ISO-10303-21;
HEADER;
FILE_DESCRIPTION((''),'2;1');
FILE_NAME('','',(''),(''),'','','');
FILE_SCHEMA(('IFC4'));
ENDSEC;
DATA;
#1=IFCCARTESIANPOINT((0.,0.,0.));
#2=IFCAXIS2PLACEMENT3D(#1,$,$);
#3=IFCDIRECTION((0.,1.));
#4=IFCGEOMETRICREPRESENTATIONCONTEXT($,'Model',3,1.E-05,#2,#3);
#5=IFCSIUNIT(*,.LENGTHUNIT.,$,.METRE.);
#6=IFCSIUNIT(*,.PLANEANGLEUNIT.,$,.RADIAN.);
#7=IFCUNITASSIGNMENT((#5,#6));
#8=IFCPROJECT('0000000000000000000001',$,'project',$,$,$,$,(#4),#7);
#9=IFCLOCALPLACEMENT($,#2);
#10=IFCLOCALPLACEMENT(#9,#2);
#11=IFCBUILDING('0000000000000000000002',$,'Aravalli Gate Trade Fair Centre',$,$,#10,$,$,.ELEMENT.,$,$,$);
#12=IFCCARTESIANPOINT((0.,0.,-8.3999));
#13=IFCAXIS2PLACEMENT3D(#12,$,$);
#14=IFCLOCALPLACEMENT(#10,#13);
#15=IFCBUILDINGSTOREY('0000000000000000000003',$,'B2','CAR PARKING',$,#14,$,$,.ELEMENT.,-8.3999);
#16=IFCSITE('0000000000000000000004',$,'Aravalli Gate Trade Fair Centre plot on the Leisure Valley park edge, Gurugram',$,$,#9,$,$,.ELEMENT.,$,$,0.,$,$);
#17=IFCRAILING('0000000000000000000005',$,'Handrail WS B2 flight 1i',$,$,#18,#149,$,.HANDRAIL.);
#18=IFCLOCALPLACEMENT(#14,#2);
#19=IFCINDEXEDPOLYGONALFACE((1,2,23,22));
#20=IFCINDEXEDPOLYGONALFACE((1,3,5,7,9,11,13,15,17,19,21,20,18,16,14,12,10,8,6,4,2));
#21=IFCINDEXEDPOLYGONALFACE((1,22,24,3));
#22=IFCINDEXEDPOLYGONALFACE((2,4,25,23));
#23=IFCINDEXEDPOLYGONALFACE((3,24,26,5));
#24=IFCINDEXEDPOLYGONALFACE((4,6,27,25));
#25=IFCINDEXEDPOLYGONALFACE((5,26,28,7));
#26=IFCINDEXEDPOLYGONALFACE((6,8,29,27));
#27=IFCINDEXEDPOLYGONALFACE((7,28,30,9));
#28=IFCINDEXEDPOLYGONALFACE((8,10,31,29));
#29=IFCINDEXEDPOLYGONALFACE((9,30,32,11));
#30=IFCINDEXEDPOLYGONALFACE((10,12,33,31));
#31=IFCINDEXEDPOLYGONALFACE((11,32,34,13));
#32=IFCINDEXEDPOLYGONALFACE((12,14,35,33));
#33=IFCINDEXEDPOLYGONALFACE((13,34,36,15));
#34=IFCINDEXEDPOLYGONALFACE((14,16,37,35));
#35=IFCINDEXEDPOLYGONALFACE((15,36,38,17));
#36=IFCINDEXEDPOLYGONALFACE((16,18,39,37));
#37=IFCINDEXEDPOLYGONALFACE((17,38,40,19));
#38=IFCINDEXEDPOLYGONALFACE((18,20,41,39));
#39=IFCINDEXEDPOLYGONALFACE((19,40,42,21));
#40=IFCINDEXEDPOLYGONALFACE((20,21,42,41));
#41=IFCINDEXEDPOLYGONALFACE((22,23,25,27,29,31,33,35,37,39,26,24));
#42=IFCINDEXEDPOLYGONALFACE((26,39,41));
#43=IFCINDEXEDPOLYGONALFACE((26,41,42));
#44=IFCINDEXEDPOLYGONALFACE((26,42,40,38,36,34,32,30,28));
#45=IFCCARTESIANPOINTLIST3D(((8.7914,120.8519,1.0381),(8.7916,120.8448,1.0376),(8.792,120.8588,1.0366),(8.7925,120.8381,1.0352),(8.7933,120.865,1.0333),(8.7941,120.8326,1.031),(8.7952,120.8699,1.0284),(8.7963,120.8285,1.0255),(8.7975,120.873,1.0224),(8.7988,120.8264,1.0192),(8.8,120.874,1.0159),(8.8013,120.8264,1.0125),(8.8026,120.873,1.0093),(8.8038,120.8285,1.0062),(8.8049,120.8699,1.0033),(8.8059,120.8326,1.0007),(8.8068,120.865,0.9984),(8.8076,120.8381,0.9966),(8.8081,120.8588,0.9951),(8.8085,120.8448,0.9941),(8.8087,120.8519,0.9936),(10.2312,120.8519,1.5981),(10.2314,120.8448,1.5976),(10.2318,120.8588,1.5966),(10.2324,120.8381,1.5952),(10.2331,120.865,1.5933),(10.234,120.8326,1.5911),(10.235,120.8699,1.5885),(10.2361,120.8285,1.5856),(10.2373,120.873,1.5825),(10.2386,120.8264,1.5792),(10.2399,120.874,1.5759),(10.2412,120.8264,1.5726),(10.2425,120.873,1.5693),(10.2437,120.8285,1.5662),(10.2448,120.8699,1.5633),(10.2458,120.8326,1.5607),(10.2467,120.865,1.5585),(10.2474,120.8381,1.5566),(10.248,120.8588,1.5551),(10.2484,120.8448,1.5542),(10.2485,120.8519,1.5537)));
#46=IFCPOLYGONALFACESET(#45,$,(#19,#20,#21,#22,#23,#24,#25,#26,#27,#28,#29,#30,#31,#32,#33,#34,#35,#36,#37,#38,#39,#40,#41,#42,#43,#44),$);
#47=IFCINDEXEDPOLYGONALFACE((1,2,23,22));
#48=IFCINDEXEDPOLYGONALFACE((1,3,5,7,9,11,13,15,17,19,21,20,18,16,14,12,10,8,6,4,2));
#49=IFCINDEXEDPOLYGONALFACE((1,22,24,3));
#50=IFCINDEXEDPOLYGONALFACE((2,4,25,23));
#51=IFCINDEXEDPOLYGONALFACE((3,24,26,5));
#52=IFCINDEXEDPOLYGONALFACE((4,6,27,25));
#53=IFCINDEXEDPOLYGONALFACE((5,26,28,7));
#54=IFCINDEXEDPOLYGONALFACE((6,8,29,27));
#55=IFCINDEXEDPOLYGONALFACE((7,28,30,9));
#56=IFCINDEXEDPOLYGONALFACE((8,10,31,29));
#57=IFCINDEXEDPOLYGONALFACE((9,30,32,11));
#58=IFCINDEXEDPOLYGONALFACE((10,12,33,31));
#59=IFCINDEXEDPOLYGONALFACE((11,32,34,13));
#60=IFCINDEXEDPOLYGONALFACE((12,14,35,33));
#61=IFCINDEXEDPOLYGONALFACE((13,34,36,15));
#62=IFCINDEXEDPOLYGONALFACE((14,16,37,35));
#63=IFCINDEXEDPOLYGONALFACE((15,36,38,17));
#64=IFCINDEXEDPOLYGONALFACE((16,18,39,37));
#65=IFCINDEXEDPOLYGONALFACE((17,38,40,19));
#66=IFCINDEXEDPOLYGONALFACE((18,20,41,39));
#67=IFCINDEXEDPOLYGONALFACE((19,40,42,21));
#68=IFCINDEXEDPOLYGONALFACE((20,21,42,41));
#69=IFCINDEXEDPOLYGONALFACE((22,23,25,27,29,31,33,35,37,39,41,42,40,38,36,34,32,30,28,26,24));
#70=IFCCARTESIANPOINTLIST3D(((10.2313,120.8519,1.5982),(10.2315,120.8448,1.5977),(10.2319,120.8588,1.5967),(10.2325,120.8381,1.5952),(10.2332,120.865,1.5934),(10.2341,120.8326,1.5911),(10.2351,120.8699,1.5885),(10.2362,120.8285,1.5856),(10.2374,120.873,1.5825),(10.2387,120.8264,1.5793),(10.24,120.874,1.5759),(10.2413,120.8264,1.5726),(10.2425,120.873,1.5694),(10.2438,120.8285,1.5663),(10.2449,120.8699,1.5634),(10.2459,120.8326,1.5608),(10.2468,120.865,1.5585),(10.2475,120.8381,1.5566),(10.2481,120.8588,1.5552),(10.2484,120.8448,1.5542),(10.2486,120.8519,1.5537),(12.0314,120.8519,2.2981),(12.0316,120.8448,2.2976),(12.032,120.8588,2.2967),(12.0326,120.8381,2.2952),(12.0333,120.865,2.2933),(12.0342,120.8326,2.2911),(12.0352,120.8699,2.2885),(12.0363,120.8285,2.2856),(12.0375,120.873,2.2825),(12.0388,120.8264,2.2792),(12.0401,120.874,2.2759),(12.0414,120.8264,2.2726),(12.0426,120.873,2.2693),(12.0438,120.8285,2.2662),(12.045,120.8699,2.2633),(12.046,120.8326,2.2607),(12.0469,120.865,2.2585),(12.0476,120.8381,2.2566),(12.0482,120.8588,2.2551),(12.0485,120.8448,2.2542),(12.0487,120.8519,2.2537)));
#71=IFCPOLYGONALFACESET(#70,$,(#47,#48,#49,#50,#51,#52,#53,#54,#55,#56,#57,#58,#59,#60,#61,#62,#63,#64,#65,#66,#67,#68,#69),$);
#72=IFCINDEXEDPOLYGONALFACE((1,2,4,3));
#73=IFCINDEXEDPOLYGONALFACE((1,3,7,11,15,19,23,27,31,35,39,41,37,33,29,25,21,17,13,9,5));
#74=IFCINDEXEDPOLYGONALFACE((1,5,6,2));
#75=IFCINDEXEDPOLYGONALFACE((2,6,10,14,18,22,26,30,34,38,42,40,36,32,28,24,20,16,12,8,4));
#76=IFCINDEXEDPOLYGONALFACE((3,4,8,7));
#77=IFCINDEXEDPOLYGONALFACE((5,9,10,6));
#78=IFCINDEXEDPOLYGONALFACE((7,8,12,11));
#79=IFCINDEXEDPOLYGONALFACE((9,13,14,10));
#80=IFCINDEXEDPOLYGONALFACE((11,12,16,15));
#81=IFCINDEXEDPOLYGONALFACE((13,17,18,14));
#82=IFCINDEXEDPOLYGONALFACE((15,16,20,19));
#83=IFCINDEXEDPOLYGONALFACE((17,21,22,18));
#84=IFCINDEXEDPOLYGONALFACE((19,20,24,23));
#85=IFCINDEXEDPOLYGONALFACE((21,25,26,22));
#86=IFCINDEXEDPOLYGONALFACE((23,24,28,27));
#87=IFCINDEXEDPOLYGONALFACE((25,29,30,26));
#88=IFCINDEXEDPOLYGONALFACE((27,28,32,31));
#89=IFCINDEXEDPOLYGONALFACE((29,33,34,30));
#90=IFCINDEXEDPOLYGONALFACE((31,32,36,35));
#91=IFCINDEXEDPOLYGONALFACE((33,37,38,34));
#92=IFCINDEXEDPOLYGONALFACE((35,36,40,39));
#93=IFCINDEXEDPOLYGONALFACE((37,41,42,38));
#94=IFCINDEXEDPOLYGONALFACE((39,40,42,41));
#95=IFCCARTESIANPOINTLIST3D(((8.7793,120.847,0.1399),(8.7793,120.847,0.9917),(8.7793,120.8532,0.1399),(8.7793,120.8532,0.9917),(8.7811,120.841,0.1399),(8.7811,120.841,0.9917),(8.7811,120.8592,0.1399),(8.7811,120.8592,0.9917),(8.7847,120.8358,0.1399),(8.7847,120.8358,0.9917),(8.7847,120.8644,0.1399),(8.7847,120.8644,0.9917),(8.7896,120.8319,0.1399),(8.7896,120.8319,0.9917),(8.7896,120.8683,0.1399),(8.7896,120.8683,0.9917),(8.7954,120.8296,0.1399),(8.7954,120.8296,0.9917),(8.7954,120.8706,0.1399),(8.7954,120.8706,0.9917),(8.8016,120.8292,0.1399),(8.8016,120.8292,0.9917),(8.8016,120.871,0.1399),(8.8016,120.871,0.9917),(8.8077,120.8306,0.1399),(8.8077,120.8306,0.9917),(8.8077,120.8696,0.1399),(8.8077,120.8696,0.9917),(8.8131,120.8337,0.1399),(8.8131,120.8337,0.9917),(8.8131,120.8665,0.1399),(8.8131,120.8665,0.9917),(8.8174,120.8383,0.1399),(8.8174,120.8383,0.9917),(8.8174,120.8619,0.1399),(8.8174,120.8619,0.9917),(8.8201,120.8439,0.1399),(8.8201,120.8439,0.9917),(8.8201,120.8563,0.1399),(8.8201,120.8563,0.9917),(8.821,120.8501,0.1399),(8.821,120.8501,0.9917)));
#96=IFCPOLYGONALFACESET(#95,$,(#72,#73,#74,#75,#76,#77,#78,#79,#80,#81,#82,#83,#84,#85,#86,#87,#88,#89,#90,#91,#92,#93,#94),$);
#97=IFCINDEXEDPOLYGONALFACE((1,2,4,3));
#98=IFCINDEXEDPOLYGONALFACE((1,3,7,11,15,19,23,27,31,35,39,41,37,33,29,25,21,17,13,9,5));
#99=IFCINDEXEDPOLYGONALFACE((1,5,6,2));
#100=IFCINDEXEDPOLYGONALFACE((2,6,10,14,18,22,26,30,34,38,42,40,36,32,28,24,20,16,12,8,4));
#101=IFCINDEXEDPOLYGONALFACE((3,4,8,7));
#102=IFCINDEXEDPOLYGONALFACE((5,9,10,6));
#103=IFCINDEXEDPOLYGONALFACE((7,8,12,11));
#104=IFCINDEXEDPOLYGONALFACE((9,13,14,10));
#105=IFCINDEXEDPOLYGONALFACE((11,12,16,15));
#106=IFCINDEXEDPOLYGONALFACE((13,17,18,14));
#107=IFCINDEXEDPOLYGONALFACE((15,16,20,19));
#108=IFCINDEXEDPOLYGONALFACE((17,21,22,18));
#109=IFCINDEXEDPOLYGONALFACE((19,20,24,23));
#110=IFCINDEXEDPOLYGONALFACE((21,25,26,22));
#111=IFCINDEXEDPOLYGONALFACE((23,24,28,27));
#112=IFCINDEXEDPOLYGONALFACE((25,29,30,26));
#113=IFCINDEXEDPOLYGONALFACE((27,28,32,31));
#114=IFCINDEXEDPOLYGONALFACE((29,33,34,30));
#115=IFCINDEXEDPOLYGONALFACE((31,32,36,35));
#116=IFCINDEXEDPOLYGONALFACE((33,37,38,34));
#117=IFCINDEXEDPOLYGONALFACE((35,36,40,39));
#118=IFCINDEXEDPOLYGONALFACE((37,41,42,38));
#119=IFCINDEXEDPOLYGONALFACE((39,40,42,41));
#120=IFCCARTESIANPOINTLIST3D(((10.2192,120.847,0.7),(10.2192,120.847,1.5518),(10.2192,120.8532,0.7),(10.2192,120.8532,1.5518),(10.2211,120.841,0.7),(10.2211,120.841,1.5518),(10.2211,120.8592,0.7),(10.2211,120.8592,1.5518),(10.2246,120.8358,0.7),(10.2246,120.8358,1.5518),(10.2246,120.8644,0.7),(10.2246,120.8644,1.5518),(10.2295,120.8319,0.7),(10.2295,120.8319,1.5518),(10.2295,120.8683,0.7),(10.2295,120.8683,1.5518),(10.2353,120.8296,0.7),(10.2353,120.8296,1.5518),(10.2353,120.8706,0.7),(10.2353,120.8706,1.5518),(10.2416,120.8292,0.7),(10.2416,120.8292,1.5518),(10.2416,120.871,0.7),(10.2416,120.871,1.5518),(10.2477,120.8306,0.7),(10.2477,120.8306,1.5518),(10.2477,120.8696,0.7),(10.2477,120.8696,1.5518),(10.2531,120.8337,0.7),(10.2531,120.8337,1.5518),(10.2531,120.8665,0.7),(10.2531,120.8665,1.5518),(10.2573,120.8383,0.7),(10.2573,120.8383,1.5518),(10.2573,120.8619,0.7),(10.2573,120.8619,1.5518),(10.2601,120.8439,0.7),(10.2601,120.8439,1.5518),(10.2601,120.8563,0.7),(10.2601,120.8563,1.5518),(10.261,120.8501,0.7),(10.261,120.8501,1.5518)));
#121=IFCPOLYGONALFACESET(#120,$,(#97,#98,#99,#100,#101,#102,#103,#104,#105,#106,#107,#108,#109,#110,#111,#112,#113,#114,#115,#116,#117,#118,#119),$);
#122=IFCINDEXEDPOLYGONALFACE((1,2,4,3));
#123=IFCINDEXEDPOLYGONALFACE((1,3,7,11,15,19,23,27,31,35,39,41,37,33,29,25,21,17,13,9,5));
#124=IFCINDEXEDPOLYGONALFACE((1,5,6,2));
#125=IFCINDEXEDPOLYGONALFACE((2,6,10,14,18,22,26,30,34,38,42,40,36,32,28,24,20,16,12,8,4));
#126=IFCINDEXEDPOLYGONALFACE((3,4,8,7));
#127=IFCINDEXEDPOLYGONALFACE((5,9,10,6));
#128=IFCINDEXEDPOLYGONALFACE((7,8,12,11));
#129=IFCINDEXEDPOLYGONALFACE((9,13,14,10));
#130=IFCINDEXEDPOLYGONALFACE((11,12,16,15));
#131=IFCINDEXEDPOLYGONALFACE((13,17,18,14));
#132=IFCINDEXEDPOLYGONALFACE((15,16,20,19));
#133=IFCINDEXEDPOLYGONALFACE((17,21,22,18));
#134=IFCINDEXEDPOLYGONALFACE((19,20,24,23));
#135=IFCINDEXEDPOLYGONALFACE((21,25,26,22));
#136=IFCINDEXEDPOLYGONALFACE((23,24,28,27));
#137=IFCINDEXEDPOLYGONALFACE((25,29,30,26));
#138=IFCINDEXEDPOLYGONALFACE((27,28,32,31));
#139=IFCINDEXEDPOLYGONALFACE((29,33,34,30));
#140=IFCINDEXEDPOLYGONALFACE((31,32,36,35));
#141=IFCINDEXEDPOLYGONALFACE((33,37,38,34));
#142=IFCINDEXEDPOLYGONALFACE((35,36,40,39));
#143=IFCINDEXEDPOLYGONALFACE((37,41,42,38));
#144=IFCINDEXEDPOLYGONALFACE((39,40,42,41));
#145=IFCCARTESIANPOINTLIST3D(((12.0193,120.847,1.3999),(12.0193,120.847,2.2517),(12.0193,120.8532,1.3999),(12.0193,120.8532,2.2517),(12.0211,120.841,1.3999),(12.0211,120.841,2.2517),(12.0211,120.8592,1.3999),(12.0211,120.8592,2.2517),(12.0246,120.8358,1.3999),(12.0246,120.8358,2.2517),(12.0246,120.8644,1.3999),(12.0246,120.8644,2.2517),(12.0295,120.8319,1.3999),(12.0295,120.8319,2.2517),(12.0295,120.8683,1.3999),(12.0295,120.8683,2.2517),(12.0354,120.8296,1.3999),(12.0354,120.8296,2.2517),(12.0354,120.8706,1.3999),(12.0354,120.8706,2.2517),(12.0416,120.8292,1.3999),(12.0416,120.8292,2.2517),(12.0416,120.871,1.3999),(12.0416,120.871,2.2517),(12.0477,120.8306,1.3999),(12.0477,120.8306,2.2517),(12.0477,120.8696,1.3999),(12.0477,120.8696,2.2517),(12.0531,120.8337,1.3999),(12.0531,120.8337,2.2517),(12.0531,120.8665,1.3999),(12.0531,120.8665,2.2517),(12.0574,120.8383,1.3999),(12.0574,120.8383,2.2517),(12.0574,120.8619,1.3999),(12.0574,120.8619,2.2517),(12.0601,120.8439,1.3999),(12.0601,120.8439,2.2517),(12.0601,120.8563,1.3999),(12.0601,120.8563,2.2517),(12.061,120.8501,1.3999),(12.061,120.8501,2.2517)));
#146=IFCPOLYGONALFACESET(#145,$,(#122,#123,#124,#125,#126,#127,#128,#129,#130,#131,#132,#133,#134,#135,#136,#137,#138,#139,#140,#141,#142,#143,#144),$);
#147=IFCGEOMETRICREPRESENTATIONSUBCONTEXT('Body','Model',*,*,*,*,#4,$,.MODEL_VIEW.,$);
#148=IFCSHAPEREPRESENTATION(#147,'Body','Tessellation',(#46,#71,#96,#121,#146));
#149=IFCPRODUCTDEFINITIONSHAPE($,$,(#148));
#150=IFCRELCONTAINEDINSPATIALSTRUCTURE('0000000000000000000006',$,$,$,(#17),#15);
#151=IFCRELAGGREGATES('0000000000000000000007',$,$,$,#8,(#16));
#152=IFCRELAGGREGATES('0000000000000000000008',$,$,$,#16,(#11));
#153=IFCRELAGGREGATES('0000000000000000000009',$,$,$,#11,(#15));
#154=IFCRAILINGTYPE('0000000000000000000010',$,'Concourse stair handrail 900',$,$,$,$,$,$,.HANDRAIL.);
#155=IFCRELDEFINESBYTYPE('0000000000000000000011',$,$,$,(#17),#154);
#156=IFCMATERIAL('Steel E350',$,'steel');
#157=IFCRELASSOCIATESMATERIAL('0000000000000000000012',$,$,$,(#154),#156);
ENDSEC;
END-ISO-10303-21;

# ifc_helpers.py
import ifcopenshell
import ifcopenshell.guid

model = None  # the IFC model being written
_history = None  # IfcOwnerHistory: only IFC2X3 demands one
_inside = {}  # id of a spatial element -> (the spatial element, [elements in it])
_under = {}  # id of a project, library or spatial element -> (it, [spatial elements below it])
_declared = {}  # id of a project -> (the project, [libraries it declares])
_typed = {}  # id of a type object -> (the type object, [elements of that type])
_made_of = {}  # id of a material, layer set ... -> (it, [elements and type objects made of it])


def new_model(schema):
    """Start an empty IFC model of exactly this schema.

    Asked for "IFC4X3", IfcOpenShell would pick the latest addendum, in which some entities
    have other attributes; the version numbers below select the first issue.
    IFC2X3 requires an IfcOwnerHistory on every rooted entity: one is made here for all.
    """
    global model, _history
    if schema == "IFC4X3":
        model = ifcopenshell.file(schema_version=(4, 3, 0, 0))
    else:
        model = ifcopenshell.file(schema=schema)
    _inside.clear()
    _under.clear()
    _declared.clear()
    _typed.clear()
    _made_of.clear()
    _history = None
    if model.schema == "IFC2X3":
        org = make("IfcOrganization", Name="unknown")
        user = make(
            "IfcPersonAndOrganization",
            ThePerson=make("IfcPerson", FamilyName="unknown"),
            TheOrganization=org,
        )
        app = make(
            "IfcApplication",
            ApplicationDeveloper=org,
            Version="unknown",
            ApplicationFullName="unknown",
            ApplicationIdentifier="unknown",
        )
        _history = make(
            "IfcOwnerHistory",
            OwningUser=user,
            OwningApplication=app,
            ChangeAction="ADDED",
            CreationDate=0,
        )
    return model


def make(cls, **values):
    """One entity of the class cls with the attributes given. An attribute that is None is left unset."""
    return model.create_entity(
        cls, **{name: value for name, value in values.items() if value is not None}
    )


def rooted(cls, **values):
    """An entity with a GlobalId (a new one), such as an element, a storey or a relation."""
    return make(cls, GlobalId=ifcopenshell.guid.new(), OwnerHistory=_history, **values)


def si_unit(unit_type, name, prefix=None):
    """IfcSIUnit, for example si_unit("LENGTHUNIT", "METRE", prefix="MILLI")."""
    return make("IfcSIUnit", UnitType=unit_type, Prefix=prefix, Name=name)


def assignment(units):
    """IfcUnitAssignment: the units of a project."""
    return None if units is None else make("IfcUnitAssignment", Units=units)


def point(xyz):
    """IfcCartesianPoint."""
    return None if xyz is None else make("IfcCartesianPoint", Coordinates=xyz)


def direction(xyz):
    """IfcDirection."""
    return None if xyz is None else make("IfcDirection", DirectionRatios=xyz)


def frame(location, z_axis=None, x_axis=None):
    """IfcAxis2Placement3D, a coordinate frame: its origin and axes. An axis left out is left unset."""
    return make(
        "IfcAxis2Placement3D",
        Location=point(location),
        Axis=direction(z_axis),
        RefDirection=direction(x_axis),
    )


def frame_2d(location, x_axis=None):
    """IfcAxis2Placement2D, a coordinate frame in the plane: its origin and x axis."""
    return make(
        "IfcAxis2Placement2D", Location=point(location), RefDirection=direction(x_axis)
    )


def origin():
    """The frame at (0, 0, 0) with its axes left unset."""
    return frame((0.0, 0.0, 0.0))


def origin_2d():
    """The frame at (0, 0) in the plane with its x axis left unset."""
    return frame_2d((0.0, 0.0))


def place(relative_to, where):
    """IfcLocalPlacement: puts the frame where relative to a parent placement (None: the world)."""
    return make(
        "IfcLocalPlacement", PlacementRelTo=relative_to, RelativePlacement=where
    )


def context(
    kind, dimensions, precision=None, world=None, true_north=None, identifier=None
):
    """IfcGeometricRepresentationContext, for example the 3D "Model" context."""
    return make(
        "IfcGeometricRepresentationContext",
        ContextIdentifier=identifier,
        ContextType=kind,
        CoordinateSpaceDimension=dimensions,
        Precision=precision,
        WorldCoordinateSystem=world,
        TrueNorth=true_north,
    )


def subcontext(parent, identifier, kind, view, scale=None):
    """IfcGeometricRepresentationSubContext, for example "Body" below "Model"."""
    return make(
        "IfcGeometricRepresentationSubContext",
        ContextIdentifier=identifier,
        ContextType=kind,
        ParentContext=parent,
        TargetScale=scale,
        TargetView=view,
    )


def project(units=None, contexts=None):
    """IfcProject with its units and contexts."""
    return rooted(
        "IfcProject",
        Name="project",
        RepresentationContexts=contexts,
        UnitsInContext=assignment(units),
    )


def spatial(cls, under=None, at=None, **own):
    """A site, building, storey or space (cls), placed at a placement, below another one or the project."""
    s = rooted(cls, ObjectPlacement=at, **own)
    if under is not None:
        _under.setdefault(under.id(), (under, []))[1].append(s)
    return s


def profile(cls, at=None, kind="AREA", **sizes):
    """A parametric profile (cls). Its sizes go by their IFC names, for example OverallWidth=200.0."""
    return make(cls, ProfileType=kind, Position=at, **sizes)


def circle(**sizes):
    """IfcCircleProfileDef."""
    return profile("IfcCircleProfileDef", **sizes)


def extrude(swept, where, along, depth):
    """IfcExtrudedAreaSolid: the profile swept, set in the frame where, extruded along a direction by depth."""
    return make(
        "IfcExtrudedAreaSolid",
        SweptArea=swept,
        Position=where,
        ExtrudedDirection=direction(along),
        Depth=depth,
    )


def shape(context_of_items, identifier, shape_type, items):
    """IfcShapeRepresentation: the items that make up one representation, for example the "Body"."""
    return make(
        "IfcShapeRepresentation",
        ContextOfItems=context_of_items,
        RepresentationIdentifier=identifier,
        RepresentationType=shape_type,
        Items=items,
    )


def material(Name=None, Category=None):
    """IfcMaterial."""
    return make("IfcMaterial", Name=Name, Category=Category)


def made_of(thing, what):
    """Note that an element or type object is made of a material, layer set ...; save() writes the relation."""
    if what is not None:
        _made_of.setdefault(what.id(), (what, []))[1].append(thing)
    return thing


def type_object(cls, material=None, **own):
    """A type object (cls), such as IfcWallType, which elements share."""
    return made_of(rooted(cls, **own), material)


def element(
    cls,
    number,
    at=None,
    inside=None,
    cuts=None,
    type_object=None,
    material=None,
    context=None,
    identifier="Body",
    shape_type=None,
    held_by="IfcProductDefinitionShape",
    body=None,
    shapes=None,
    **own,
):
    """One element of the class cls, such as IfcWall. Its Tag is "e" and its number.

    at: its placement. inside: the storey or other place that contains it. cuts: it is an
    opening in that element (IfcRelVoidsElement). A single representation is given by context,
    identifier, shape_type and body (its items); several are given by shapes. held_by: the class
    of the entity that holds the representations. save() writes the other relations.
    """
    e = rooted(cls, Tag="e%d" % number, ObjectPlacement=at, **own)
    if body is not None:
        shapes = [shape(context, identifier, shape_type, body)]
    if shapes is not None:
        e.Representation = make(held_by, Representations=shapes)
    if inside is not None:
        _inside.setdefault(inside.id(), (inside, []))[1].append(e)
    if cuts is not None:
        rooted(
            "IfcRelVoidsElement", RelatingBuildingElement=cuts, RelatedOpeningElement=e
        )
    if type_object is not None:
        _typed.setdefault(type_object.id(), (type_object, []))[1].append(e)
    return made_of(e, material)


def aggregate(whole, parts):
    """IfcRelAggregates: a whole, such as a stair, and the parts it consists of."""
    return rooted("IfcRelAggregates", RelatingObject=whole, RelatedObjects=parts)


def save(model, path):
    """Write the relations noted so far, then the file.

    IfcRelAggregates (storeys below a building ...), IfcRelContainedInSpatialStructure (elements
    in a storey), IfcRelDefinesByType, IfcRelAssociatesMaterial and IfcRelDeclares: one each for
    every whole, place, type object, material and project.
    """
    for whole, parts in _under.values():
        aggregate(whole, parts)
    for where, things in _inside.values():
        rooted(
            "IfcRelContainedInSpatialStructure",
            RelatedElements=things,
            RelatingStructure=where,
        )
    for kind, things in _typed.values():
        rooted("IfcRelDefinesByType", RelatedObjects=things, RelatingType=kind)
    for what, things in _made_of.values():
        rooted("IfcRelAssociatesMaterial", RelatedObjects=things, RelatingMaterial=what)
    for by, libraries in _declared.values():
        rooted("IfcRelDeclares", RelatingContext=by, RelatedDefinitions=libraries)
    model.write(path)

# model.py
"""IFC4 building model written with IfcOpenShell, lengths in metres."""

from ifc_helpers import new_model, si_unit, direction, frame, origin, origin_2d, place, context, subcontext, project, spatial, circle, extrude, material, type_object, element, save


model = new_model("IFC4")

# Units and contexts
model_context = context("Model", 3, precision=1e-05, world=origin(), true_north=direction((0.0, 1.0)))
body_context = subcontext(model_context, "Body", "Model", "MODEL_VIEW")
ifc_project = project(units=[si_unit("LENGTHUNIT", "METRE"), si_unit("PLANEANGLEUNIT", "RADIAN")], contexts=[model_context])

# Site, building, storey
site_placement = place(None, origin())
site = spatial("IfcSite", under=ifc_project, at=site_placement, Name="Aravalli Gate Trade Fair Centre plot on the Leisure Valley park edge, Gurugram", CompositionType="ELEMENT", RefElevation=0.0)
building_placement = place(site_placement, origin())
building = spatial("IfcBuilding", under=site, at=building_placement, Name="Aravalli Gate Trade Fair Centre", CompositionType="ELEMENT")
storey_placement = place(building_placement, frame((0.0, 0.0, -8.3999)))
storey = spatial("IfcBuildingStorey", under=building, at=storey_placement, Name="B2", Description="CAR PARKING", CompositionType="ELEMENT", Elevation=-8.3999)

# Railing
ifc_material_1 = material(Name="Steel E350", Category="steel")
railing_type = type_object("IfcRailingType", Name="Concourse stair handrail 900", PredefinedType="HANDRAIL", material=ifc_material_1)
for number, where, name in (
    (1, (8.8, 120.8501, 0.1399), "Handrail WS B2 flight 1i"),
):
    element("IfcRailing", number, at=place(storey_placement, frame(where)), inside=storey, type_object=railing_type, Name=name, PredefinedType="HANDRAIL", context=body_context, shape_type="SweptSolid", body=[
        extrude(circle(Radius=0.0239, at=origin_2d()), frame((0.0, 0.0, 0.876), z_axis=(0.931987, 0.0, 0.362492), x_axis=(0.0, 1.0, 0.0)), (0.0, 0.0, 1.0), 1.5449),
        extrude(circle(Radius=0.0239, at=origin_2d()), frame((1.4399, 0.0, 1.436), z_axis=(0.932017, 0.0, 0.362416), x_axis=(0.0, 1.0, 0.0)), (0.0, 0.0, 1.0), 1.9314),
        extrude(circle(Radius=0.021, at=origin_2d()), origin(), (0.0, 0.0, 1.0), 0.8518),
        extrude(circle(Radius=0.021, at=origin_2d()), frame((1.4399, 0.0, 0.5601)), (0.0, 0.0, 1.0), 0.8518),
        extrude(circle(Radius=0.021, at=origin_2d()), frame((3.24, 0.0, 1.26)), (0.0, 0.0, 1.0), 0.8518),
    ])

save(model, "model.ifc")
